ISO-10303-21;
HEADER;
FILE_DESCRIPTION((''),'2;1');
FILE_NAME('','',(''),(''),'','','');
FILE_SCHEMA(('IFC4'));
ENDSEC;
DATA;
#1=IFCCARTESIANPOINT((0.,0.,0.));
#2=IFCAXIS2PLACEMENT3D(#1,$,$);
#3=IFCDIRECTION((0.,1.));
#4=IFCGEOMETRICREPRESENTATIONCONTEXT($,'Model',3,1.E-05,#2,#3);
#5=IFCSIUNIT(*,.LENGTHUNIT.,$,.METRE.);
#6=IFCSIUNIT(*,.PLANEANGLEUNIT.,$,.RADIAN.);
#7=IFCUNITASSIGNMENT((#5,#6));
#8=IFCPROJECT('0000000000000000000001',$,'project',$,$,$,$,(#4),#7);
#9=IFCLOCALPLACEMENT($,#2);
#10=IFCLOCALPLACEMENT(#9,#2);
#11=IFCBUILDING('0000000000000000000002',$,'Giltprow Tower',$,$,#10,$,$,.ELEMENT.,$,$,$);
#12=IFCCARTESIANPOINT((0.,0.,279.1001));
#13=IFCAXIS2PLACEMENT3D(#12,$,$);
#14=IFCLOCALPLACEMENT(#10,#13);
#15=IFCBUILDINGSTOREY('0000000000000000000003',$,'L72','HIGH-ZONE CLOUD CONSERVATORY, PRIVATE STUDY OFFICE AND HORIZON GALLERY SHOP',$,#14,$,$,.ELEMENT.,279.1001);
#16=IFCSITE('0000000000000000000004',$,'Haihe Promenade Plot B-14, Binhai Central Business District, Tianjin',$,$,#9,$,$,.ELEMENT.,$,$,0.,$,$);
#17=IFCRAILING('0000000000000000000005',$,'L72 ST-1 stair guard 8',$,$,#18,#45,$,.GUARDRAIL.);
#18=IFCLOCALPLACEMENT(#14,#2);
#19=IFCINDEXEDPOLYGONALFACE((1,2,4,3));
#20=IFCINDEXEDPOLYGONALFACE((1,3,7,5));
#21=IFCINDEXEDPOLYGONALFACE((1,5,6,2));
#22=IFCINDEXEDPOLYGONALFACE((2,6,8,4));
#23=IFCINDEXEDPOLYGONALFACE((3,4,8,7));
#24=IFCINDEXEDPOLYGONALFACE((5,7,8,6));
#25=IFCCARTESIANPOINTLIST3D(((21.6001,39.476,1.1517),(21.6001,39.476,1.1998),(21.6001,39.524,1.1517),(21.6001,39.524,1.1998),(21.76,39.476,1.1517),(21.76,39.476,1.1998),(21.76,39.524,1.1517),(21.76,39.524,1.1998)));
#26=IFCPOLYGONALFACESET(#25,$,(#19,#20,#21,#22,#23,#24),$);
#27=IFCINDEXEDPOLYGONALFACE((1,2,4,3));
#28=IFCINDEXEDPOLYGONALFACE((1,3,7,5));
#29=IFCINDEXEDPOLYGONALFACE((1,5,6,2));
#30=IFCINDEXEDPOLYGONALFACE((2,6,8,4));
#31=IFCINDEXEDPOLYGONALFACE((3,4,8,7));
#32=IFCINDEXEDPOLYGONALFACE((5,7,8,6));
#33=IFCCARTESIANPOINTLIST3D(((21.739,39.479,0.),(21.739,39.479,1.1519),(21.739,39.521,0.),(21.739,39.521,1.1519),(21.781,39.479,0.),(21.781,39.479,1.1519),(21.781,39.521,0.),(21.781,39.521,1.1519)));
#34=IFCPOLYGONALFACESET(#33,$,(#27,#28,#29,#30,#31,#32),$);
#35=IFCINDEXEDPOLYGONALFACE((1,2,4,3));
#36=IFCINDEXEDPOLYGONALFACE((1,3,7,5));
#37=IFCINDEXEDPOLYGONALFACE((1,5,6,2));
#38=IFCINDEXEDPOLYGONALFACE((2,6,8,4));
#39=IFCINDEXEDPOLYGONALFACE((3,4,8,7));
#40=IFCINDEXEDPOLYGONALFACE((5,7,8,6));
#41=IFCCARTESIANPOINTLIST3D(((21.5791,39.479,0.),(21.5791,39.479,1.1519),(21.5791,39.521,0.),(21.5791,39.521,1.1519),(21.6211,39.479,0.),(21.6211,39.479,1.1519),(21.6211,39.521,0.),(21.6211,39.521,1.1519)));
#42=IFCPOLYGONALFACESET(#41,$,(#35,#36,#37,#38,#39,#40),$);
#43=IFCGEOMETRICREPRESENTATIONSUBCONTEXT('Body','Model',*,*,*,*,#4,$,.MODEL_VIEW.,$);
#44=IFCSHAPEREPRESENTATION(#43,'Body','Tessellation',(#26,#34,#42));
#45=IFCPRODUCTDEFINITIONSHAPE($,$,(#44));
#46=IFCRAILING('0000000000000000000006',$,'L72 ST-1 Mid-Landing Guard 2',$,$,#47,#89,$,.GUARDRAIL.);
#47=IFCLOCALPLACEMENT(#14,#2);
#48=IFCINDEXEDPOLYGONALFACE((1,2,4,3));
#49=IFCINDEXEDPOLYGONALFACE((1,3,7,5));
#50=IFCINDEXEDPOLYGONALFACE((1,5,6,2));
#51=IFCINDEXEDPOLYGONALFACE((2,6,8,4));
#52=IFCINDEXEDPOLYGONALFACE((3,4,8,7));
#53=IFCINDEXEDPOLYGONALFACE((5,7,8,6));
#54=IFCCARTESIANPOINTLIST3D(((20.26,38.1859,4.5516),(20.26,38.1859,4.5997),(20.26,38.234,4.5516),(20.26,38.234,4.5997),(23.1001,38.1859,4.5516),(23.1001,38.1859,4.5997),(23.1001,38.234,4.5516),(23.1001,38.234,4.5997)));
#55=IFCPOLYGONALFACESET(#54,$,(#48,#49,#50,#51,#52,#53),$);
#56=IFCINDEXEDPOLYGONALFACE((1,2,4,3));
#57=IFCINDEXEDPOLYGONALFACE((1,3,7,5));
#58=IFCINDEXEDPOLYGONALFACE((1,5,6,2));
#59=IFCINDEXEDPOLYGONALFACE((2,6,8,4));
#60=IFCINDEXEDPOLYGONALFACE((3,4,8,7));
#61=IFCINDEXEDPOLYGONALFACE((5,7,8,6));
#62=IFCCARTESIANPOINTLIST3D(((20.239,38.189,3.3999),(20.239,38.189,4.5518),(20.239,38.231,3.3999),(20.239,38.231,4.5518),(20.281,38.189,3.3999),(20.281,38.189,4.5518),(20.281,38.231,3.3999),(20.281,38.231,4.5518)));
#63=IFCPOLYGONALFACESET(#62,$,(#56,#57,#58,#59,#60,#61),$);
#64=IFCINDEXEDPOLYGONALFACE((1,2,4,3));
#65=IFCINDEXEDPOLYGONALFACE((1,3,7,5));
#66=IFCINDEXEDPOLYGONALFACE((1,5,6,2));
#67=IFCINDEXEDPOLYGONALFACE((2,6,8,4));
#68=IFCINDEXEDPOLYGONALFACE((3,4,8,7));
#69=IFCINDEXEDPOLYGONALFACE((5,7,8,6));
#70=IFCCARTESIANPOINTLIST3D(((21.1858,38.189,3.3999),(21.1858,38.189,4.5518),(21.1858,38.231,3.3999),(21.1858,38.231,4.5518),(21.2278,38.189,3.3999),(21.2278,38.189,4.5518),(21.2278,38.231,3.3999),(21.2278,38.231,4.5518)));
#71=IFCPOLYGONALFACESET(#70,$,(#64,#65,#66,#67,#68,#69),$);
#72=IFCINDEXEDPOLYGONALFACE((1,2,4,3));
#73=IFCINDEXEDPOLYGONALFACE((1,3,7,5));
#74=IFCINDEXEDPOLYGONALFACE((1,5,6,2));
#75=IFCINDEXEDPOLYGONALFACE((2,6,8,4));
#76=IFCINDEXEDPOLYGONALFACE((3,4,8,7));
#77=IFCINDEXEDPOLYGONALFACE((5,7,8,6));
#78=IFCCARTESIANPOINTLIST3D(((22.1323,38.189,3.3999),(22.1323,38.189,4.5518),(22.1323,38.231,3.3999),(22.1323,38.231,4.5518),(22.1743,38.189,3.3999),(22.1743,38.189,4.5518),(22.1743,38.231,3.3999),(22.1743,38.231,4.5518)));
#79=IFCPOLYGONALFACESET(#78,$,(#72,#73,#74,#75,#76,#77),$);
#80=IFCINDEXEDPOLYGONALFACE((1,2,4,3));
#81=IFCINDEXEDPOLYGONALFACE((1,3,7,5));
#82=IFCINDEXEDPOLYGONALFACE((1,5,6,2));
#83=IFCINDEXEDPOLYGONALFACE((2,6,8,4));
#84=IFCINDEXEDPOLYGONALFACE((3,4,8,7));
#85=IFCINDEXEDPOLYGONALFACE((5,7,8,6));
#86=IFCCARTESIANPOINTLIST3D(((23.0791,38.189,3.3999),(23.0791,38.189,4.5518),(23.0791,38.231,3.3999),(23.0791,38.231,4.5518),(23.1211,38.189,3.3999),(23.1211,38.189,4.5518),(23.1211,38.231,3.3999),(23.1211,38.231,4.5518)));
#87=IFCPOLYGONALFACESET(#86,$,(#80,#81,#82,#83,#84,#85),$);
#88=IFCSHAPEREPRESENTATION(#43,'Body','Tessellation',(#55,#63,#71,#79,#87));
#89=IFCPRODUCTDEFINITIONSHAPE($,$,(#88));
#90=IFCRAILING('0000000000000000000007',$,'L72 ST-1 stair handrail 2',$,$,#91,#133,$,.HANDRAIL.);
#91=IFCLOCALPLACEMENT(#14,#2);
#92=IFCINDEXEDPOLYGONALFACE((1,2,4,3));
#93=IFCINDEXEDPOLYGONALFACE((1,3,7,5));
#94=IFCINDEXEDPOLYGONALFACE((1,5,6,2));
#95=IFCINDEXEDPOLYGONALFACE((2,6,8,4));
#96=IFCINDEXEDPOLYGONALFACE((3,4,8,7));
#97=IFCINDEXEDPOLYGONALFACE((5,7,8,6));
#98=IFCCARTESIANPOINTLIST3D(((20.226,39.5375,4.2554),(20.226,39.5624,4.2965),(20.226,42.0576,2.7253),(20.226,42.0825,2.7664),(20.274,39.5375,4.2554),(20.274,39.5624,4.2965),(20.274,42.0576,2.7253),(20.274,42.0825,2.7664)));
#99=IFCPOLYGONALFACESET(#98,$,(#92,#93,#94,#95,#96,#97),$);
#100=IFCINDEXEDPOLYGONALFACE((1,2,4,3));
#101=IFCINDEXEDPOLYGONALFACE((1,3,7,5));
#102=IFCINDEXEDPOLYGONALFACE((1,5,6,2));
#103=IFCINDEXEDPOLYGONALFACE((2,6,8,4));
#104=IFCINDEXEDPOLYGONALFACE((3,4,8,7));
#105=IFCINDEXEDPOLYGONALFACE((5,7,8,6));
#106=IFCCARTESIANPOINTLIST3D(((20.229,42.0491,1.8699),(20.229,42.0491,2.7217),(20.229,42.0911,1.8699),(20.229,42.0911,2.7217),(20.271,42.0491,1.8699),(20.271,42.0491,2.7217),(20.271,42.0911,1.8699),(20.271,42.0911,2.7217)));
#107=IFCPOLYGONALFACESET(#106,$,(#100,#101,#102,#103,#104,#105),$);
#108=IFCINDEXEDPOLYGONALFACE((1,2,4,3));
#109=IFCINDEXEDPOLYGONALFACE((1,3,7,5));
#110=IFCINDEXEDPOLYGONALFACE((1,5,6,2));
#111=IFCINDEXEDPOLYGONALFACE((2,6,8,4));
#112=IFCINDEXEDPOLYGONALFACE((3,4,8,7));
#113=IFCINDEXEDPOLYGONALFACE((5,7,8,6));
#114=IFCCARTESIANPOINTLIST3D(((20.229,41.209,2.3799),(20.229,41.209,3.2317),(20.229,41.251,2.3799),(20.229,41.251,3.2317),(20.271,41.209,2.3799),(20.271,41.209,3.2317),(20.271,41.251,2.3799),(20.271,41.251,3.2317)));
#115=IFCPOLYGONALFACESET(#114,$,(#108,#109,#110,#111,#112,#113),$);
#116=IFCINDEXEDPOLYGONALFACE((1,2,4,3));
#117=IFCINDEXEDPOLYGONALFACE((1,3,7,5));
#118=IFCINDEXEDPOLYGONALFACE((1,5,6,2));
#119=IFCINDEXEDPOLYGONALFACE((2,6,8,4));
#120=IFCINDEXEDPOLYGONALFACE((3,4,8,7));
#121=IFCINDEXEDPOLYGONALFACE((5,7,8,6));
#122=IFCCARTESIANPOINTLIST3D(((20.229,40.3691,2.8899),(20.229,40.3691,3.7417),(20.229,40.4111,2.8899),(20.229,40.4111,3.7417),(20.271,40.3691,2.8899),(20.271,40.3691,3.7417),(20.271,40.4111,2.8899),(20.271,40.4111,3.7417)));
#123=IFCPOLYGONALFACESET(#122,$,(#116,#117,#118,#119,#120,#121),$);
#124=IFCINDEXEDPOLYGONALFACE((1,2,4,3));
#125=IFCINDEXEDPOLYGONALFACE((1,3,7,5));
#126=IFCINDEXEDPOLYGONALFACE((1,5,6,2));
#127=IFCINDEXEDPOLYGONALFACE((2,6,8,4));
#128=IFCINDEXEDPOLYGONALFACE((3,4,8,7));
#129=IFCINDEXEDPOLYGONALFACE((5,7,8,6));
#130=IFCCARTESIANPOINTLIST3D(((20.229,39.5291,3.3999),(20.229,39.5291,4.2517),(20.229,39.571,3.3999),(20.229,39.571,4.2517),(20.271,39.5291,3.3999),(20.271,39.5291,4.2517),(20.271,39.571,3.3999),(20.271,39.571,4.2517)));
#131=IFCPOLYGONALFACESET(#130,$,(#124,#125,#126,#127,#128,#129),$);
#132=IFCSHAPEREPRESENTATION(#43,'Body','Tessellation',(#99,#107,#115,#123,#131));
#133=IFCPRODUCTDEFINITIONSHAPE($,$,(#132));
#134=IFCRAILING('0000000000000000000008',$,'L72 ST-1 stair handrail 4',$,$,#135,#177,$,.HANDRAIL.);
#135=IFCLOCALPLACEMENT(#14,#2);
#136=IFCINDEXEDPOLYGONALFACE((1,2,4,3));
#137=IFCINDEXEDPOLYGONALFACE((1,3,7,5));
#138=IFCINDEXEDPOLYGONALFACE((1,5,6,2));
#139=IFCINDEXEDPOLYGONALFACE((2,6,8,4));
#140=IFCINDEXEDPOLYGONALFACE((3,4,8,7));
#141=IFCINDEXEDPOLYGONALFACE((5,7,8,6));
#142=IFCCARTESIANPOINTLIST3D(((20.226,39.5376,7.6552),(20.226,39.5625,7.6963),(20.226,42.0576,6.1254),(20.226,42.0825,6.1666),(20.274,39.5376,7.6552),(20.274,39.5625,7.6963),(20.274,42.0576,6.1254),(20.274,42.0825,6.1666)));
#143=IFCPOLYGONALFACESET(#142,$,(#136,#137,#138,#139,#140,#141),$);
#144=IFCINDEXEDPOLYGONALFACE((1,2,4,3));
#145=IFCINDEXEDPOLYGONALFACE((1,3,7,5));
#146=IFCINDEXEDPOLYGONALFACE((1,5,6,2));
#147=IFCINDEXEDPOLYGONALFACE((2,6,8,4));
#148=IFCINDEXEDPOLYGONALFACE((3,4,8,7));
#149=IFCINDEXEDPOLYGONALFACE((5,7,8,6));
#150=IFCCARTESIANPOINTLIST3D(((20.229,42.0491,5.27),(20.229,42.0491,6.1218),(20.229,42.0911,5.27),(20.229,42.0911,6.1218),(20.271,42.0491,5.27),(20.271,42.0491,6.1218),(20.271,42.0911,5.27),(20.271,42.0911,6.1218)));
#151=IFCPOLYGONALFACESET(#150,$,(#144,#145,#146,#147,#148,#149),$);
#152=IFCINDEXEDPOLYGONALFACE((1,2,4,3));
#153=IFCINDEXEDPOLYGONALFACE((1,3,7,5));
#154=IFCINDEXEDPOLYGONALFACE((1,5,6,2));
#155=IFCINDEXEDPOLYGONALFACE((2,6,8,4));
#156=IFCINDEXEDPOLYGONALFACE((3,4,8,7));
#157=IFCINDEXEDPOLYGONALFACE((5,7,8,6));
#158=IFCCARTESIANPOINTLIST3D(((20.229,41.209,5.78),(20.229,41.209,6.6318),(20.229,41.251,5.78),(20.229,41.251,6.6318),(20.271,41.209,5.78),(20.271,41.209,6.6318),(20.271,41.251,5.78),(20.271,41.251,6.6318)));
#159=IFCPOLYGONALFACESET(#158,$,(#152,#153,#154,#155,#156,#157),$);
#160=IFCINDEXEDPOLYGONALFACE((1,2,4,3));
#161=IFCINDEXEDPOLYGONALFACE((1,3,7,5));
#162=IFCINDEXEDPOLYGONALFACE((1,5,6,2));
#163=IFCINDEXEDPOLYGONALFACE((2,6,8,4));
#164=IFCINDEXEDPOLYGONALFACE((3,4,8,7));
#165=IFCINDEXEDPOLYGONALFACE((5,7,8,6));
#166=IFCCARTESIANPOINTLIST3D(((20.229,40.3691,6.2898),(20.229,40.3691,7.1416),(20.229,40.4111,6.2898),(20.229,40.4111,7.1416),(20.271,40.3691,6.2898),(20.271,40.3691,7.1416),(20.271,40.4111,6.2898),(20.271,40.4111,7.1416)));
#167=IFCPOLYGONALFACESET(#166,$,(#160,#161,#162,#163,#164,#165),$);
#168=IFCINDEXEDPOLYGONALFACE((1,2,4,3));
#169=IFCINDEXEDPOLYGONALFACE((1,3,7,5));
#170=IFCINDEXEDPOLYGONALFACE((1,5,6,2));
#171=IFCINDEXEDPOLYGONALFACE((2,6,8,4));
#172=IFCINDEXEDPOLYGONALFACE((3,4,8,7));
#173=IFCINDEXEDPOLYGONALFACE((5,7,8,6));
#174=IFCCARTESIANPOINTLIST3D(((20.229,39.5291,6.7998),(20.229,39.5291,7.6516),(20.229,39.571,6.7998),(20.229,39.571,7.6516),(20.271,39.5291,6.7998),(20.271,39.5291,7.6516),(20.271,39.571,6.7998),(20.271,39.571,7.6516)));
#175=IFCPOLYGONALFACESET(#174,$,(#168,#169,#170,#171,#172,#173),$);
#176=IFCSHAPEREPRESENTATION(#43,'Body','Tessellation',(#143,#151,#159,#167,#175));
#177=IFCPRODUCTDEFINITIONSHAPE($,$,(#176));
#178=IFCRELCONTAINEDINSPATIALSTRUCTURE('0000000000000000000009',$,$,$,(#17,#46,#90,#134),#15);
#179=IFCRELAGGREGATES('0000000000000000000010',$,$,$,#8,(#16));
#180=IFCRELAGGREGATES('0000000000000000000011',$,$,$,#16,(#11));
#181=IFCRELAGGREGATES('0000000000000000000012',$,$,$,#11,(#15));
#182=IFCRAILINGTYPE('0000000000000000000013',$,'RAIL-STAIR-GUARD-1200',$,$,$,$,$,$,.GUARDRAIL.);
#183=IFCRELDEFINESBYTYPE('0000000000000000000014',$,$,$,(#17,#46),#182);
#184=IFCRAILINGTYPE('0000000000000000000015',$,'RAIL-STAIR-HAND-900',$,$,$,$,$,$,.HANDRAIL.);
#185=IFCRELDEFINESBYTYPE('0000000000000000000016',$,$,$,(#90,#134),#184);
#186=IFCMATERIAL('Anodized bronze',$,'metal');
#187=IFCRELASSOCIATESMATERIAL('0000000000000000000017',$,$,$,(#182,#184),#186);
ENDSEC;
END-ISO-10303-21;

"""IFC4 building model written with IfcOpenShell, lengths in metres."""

from ifc_helpers import new_model, si_unit, direction, frame, origin, origin_2d, place, context, subcontext, project, spatial, rectangle, extrude, material, type_object, element, save


model = new_model("IFC4")

# Units and contexts
model_context = context("Model", 3, precision=1e-05, world=origin(), true_north=direction((0.0, 1.0)))
body_context = subcontext(model_context, "Body", "Model", "MODEL_VIEW")
ifc_project = project(units=[si_unit("LENGTHUNIT", "METRE"), si_unit("PLANEANGLEUNIT", "RADIAN")], contexts=[model_context])

# Site, building, storey
site_placement = place(None, origin())
site = spatial("IfcSite", under=ifc_project, at=site_placement, Name="Haihe Promenade Plot B-14, Binhai Central Business District, Tianjin", CompositionType="ELEMENT", RefElevation=0.0)
building_placement = place(site_placement, origin())
building = spatial("IfcBuilding", under=site, at=building_placement, Name="Giltprow Tower", CompositionType="ELEMENT")
storey_placement = place(building_placement, frame((0.0, 0.0, 279.1001)))
storey = spatial("IfcBuildingStorey", under=building, at=storey_placement, Name="L72", Description="HIGH-ZONE CLOUD CONSERVATORY, PRIVATE STUDY OFFICE AND HORIZON GALLERY SHOP", CompositionType="ELEMENT", Elevation=279.1001)

# Railings
ifc_material_1 = material(Name="Anodized bronze", Category="metal")
railing_type_1 = type_object("IfcRailingType", Name="RAIL-STAIR-GUARD-1200", PredefinedType="GUARDRAIL", material=ifc_material_1)
railing_1_placement = place(storey_placement, frame((21.76, 39.5, 0.0)))
element("IfcRailing", 1, at=railing_1_placement, inside=storey, type_object=railing_type_1, Name="L72 ST-1 stair guard 8", PredefinedType="GUARDRAIL", context=body_context, shape_type="SweptSolid", body=[
    extrude(rectangle(XDim=0.0481, YDim=0.0481, at=origin_2d()), frame((0.0, 0.0, 1.1758), z_axis=(-1.0, 0.0, 0.0), x_axis=(0.0, -1.0, 0.0)), (0.0, 0.0, 1.0), 0.1599),
    extrude(rectangle(XDim=0.042, YDim=0.042, at=origin_2d()), origin(), (0.0, 0.0, 1.0), 1.1519),
    extrude(rectangle(XDim=0.042, YDim=0.042, at=origin_2d()), frame((-0.1599, 0.0, 0.0)), (0.0, 0.0, 1.0), 1.1519),
])
railing_2_placement = place(storey_placement, frame((20.26, 38.21, 3.3999)))
element("IfcRailing", 2, at=railing_2_placement, inside=storey, type_object=railing_type_1, Name="L72 ST-1 Mid-Landing Guard 2", PredefinedType="GUARDRAIL", context=body_context, shape_type="SweptSolid", body=[
    extrude(rectangle(XDim=0.0481, YDim=0.0481, at=origin_2d()), frame((0.0, 0.0, 1.1758), z_axis=(1.0, 0.0, 0.0), x_axis=(0.0, 1.0, 0.0)), (0.0, 0.0, 1.0), 2.8401),
    extrude(rectangle(XDim=0.042, YDim=0.042, at=origin_2d()), origin(), (0.0, 0.0, 1.0), 1.1519),
    extrude(rectangle(XDim=0.042, YDim=0.042, at=origin_2d()), frame((0.9468, 0.0, 0.0)), (0.0, 0.0, 1.0), 1.1519),
    extrude(rectangle(XDim=0.042, YDim=0.042, at=origin_2d()), frame((1.8933, 0.0, 0.0)), (0.0, 0.0, 1.0), 1.1519),
    extrude(rectangle(XDim=0.042, YDim=0.042, at=origin_2d()), frame((2.8401, 0.0, 0.0)), (0.0, 0.0, 1.0), 1.1519),
])
railing_type_2 = type_object("IfcRailingType", Name="RAIL-STAIR-HAND-900", PredefinedType="HANDRAIL", material=ifc_material_1)
railing_3_placement = place(storey_placement, frame((20.25, 42.0701, 1.8699)))
element("IfcRailing", 3, at=railing_3_placement, inside=storey, type_object=railing_type_2, Name="L72 ST-1 stair handrail 2", PredefinedType="HANDRAIL", context=body_context, shape_type="SweptSolid", body=[
    extrude(rectangle(XDim=0.0481, YDim=0.0481, at=origin_2d()), frame((0.0, 0.0, 0.876), z_axis=(0.0, -0.854785, 0.518982), x_axis=(1.0, 0.0, 0.0)), (0.0, 0.0, 1.0), 2.9482),
    extrude(rectangle(XDim=0.042, YDim=0.042, at=origin_2d()), origin(), (0.0, 0.0, 1.0), 0.8518),
    extrude(rectangle(XDim=0.042, YDim=0.042, at=origin_2d()), frame((0.0, -0.8401, 0.51)), (0.0, 0.0, 1.0), 0.8518),
    extrude(rectangle(XDim=0.042, YDim=0.042, at=origin_2d()), frame((0.0, -1.6799, 1.02)), (0.0, 0.0, 1.0), 0.8518),
    extrude(rectangle(XDim=0.042, YDim=0.042, at=origin_2d()), frame((0.0, -2.52, 1.53)), (0.0, 0.0, 1.0), 0.8518),
])
railing_4_placement = place(storey_placement, frame((20.25, 42.0701, 5.27)))
element("IfcRailing", 4, at=railing_4_placement, inside=storey, type_object=railing_type_2, Name="L72 ST-1 stair handrail 4", PredefinedType="HANDRAIL", context=body_context, shape_type="SweptSolid", body=[
    extrude(rectangle(XDim=0.0481, YDim=0.0481, at=origin_2d()), frame((0.0, 0.0, 0.876), z_axis=(0.0, -0.854822, 0.518922), x_axis=(1.0, 0.0, 0.0)), (0.0, 0.0, 1.0), 2.948),
    extrude(rectangle(XDim=0.042, YDim=0.042, at=origin_2d()), origin(), (0.0, 0.0, 1.0), 0.8518),
    extrude(rectangle(XDim=0.042, YDim=0.042, at=origin_2d()), frame((0.0, -0.8401, 0.51)), (0.0, 0.0, 1.0), 0.8518),
    extrude(rectangle(XDim=0.042, YDim=0.042, at=origin_2d()), frame((0.0, -1.6799, 1.0198)), (0.0, 0.0, 1.0), 0.8518),
    extrude(rectangle(XDim=0.042, YDim=0.042, at=origin_2d()), frame((0.0, -2.52, 1.5298)), (0.0, 0.0, 1.0), 0.8518),
])

save(model, "model.ifc")
